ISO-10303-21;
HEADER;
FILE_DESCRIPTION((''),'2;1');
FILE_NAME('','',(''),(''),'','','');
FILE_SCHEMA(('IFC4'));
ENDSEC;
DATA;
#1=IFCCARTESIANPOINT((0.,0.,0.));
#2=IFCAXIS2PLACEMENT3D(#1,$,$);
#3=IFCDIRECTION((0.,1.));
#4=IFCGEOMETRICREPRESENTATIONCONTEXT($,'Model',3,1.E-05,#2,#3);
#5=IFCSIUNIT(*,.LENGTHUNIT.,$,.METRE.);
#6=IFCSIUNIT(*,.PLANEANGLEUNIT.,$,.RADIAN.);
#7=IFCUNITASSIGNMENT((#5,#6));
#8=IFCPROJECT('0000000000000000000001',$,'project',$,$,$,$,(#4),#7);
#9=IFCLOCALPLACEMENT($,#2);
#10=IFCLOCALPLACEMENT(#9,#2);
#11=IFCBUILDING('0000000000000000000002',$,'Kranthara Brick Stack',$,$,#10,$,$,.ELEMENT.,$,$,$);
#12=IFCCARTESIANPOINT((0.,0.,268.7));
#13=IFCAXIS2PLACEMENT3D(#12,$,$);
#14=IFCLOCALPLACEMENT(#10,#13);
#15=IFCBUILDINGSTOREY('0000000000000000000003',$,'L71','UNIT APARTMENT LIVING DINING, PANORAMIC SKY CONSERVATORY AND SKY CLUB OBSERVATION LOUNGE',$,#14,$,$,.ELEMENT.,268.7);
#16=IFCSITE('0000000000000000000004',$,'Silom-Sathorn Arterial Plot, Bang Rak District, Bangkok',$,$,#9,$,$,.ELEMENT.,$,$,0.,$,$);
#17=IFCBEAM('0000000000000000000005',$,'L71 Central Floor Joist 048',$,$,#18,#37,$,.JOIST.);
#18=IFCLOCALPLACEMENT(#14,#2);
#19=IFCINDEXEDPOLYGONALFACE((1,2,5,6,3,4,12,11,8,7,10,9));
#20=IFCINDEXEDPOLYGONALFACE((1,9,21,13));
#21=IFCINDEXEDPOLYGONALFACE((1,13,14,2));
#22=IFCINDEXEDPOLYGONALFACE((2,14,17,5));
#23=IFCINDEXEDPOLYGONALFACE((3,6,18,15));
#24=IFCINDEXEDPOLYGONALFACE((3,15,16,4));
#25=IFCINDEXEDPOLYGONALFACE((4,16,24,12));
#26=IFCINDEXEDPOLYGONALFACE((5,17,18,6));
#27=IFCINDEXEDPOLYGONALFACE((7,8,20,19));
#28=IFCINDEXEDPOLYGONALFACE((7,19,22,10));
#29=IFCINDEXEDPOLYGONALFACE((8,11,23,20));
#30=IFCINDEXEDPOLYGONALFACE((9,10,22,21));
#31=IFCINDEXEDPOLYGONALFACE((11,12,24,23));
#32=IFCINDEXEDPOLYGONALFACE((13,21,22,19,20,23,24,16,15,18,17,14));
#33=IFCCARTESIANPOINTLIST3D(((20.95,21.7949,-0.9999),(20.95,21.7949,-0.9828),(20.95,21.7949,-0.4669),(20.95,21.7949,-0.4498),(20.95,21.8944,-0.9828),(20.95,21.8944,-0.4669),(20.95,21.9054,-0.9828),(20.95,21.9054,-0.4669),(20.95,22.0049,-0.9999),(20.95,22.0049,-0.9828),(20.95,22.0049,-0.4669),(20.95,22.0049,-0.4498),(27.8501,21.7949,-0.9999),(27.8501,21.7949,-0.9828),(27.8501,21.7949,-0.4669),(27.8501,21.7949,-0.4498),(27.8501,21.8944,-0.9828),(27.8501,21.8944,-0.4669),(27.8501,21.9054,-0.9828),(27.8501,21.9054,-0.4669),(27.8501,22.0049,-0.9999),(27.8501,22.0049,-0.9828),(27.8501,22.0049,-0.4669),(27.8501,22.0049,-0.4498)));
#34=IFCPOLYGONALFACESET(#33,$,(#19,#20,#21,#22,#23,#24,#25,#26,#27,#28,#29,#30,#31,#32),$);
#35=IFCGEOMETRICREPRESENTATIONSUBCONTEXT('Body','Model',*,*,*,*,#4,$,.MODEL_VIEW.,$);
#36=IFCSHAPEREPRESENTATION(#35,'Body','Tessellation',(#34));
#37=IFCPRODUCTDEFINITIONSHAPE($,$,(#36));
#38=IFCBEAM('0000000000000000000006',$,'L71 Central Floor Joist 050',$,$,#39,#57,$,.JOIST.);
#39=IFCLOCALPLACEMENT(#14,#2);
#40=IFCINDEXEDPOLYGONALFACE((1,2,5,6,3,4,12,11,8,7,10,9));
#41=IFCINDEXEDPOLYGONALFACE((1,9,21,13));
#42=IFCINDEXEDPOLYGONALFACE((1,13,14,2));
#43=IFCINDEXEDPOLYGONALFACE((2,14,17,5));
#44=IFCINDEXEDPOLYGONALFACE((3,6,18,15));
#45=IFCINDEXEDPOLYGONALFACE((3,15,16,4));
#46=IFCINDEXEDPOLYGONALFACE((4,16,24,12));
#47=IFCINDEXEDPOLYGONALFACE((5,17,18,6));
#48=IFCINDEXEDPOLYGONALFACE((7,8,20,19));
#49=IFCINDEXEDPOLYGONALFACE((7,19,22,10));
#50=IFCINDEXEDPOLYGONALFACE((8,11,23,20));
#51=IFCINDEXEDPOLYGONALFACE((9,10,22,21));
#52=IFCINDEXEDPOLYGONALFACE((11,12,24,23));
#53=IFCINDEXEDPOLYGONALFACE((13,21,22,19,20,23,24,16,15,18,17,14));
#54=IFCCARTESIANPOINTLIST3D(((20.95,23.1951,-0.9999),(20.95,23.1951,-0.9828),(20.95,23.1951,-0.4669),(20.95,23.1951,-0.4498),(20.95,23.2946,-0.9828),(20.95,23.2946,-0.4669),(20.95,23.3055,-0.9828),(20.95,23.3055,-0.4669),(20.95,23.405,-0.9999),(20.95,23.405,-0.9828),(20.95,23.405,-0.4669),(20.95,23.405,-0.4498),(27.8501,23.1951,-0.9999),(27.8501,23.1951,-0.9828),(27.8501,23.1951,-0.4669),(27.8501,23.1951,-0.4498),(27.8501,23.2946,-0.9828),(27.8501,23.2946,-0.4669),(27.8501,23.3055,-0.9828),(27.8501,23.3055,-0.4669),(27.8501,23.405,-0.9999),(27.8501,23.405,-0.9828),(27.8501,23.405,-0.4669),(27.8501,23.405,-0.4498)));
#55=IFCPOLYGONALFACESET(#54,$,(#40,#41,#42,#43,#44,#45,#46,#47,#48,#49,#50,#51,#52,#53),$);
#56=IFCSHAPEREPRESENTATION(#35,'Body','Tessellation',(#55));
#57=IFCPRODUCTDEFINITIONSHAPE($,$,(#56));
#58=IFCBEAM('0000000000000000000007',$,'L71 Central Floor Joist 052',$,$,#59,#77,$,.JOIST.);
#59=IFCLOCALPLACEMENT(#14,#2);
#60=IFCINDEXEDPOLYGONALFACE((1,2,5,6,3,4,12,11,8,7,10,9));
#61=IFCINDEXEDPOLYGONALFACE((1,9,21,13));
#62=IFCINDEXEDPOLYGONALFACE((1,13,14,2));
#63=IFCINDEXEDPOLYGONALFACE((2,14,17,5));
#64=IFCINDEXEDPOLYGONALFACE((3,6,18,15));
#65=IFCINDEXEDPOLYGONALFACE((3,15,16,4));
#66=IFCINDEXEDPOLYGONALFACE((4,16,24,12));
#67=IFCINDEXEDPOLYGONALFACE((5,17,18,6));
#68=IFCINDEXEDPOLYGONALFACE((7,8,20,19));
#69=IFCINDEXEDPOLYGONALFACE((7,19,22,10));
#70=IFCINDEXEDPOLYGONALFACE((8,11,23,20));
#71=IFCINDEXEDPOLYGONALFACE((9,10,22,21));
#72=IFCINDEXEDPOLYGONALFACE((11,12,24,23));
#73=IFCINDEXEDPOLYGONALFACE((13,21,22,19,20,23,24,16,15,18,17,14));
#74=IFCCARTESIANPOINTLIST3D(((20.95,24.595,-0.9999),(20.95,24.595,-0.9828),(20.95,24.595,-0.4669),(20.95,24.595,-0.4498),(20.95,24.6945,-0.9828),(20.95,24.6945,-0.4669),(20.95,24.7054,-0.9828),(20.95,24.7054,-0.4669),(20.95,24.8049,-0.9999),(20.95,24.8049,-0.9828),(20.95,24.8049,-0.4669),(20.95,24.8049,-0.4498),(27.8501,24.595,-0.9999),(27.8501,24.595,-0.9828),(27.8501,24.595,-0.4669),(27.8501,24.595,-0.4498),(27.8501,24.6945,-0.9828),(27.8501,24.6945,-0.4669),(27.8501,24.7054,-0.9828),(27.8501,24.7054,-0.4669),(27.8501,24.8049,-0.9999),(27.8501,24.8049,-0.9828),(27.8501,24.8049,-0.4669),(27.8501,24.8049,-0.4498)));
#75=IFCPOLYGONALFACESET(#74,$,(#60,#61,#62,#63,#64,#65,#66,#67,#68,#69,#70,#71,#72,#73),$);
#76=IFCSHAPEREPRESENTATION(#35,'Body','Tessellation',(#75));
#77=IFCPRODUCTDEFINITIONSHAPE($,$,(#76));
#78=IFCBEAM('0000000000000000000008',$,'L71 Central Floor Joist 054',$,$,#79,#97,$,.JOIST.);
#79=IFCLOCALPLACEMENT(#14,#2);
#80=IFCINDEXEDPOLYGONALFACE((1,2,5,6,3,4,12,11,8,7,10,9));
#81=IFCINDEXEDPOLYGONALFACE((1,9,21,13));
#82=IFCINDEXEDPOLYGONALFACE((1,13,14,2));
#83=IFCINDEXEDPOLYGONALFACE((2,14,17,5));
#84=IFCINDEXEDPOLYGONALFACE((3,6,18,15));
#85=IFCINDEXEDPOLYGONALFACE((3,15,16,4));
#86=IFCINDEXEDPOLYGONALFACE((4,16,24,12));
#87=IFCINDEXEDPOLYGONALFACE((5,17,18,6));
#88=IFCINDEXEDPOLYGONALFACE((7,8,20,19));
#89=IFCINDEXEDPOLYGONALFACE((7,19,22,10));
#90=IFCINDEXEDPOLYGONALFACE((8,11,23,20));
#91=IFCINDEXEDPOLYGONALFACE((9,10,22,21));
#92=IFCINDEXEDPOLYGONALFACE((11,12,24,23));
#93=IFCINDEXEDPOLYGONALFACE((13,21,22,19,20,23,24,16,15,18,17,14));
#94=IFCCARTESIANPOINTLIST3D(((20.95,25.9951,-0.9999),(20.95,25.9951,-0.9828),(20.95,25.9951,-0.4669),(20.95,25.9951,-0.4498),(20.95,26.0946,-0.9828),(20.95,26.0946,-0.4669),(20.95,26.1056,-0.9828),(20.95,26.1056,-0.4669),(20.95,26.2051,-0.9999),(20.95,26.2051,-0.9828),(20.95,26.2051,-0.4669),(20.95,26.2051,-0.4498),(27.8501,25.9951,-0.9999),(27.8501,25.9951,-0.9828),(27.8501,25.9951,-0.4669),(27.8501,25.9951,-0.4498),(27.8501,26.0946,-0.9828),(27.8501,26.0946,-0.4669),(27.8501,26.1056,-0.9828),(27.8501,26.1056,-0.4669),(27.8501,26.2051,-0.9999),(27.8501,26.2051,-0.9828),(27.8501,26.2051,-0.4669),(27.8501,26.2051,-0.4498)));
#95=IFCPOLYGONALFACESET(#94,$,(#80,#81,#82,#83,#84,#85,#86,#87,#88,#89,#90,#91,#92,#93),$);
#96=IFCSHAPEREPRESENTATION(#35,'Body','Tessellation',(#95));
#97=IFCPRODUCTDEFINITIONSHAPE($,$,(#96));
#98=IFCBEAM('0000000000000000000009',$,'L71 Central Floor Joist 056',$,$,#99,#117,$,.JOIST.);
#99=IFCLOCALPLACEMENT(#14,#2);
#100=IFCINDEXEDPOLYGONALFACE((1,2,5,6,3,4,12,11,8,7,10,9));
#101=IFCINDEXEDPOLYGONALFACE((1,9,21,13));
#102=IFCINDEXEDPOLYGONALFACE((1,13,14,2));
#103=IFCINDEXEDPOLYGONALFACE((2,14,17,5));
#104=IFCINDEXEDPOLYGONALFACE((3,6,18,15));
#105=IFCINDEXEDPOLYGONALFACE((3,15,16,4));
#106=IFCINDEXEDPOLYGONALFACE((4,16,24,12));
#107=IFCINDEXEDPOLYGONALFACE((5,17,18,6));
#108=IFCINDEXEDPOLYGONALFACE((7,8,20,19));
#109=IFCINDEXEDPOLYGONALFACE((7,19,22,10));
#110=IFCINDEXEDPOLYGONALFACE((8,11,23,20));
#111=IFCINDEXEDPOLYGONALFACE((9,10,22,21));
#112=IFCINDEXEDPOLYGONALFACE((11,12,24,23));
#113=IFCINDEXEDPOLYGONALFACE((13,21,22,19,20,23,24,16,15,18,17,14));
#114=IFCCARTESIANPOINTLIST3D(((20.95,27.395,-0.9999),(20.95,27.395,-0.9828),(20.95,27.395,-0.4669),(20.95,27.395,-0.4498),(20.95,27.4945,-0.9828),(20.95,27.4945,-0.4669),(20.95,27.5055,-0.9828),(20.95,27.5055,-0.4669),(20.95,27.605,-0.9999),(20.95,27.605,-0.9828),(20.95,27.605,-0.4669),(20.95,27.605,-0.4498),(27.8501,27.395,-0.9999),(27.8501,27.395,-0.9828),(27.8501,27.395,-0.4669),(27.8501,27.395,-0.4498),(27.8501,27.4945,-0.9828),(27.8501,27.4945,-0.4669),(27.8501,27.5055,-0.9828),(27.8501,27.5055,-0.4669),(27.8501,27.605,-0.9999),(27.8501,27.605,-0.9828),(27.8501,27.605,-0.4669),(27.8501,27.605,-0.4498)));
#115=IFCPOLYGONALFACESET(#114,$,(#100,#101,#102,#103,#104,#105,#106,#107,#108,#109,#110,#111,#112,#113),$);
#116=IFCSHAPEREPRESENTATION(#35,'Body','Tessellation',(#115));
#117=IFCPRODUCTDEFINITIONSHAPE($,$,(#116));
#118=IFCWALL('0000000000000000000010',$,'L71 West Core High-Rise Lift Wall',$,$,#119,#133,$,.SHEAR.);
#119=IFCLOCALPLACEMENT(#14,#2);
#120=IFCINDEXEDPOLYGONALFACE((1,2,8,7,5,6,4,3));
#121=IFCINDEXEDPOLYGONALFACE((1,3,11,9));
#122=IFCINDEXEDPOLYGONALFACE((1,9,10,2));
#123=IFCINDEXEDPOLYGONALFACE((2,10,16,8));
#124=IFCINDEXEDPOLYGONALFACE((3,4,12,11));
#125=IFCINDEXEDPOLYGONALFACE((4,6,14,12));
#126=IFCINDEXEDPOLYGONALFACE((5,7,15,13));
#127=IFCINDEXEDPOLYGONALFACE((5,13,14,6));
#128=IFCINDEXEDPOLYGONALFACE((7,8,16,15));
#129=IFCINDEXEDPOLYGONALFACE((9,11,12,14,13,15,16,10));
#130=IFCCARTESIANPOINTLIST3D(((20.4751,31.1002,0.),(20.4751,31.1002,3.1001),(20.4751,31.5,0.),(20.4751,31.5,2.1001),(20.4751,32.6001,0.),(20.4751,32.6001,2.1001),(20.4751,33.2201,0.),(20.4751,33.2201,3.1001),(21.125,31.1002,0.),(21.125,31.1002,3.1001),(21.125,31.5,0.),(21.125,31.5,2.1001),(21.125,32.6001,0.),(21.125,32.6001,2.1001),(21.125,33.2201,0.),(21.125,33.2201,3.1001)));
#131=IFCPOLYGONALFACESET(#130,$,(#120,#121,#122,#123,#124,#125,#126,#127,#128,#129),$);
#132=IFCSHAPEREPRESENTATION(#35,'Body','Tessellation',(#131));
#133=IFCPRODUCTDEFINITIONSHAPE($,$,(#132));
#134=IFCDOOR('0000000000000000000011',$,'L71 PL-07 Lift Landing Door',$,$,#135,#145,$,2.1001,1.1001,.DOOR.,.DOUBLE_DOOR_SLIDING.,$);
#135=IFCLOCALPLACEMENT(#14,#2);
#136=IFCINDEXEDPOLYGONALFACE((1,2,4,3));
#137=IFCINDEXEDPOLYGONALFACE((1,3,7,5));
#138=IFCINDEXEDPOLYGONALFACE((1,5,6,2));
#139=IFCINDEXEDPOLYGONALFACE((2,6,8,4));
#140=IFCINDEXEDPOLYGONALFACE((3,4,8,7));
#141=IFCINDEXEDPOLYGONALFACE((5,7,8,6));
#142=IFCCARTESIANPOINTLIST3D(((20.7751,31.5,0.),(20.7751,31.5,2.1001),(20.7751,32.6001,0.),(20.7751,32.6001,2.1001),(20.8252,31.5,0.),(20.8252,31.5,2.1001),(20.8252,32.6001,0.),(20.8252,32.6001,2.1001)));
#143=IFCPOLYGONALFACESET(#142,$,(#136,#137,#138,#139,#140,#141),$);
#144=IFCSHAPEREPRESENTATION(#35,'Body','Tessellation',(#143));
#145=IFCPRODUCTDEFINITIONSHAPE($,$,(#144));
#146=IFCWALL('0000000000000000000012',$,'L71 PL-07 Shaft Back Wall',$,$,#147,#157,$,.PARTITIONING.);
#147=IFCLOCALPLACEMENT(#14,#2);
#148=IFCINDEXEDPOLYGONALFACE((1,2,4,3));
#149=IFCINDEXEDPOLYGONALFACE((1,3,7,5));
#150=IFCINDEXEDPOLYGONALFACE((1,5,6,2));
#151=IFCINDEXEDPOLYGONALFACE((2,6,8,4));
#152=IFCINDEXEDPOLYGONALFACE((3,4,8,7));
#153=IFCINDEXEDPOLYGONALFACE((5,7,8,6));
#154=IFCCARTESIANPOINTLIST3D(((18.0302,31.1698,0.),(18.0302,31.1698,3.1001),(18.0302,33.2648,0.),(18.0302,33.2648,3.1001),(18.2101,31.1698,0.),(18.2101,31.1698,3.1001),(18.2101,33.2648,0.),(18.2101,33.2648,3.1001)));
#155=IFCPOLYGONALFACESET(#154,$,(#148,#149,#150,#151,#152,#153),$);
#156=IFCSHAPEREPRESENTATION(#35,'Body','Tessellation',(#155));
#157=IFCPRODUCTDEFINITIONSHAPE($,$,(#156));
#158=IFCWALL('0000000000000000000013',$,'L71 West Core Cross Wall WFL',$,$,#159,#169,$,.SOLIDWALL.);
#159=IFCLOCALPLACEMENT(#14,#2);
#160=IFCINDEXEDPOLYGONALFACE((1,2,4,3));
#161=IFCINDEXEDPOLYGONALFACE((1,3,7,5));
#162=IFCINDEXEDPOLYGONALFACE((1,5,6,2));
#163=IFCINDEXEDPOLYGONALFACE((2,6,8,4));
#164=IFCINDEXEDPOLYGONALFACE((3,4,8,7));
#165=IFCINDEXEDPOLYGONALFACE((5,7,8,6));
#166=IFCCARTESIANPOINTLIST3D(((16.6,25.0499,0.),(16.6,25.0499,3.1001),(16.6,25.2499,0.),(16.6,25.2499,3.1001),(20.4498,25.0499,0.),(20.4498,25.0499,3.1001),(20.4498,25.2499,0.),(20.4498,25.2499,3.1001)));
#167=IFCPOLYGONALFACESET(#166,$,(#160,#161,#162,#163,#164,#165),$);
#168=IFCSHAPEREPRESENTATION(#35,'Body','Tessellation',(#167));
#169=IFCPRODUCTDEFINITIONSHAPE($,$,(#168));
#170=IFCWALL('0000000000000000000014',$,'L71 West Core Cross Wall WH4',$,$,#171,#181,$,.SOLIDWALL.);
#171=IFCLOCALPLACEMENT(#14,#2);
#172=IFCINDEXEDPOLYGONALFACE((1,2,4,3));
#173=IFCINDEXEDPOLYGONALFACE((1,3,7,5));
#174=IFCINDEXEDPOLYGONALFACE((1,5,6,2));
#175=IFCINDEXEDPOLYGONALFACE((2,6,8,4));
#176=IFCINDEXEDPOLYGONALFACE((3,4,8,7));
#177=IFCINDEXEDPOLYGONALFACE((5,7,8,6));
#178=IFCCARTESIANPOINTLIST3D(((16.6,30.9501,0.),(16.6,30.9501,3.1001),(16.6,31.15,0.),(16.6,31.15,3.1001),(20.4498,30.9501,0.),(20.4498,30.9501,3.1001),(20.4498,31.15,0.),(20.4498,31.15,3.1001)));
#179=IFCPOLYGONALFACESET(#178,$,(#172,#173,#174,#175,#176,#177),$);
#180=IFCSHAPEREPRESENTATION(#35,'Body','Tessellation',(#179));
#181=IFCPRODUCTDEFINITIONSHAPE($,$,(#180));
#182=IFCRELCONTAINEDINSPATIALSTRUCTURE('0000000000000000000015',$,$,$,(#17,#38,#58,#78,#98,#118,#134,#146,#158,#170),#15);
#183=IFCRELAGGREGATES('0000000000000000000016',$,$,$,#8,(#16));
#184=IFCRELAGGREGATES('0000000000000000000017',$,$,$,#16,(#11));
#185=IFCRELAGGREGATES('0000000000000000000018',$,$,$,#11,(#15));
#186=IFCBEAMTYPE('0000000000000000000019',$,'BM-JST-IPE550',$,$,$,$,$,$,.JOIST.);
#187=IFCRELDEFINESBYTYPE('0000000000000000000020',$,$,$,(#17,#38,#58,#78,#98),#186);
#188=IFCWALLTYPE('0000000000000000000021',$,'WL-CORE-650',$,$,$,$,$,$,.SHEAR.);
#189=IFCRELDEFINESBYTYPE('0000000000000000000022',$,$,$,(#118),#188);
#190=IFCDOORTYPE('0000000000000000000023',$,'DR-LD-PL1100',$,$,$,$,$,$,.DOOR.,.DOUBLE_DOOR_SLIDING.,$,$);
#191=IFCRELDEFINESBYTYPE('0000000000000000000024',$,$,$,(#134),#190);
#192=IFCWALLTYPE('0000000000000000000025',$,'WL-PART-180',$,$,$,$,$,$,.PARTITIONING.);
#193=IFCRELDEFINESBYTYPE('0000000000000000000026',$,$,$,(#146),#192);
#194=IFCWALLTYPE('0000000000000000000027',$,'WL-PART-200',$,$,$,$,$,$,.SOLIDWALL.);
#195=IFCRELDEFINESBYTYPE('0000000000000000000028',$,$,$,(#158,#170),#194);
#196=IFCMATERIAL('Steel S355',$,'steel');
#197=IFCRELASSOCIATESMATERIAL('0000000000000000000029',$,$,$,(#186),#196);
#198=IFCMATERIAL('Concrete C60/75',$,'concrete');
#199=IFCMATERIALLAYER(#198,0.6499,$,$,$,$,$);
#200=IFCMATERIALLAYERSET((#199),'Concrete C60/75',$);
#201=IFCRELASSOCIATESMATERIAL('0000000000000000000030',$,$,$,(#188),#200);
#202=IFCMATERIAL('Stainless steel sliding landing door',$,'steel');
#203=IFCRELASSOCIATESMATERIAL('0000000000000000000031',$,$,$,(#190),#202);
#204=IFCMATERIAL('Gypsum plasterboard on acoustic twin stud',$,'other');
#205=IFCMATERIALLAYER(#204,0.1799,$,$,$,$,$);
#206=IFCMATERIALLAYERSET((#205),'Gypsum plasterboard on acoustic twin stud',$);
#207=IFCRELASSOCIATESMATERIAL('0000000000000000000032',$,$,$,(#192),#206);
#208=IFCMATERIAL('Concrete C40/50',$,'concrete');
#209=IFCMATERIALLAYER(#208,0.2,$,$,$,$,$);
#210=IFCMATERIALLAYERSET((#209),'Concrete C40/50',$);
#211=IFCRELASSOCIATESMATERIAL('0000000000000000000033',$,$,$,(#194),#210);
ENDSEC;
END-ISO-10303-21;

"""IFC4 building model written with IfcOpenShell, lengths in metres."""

from ifc_helpers import new_model, si_unit, direction, frame, frame_2d, origin, origin_2d, place, context, subcontext, project, spatial, rectangle, i_section, extrude, material, layer, layer_set, material_profile, profile_set, type_object, element, fill, save


model = new_model("IFC4")

# Units and contexts
model_context = context("Model", 3, precision=1e-05, world=origin(), true_north=direction((0.0, 1.0)))
body_context = subcontext(model_context, "Body", "Model", "MODEL_VIEW")
ifc_project = project(units=[si_unit("LENGTHUNIT", "METRE"), si_unit("PLANEANGLEUNIT", "RADIAN")], contexts=[model_context])

# Site, building, storey
site_placement = place(None, origin())
site = spatial("IfcSite", under=ifc_project, at=site_placement, Name="Silom-Sathorn Arterial Plot, Bang Rak District, Bangkok", CompositionType="ELEMENT", RefElevation=0.0)
building_placement = place(site_placement, origin())
building = spatial("IfcBuilding", under=site, at=building_placement, Name="Kranthara Brick Stack", CompositionType="ELEMENT")
storey_placement = place(building_placement, frame((0.0, 0.0, 268.7)))
storey = spatial("IfcBuildingStorey", under=building, at=storey_placement, Name="L71", Description="UNIT APARTMENT LIVING DINING, PANORAMIC SKY CONSERVATORY AND SKY CLUB OBSERVATION LOUNGE", CompositionType="ELEMENT", Elevation=268.7)

# Beams
ifc_material_1 = material(Name="Steel S355", Category="steel")
ifc_material_profile = material_profile(ifc_material_1, i_section(OverallWidth=0.21, OverallDepth=0.55, WebThickness=0.011, FlangeThickness=0.0171, at=origin_2d()), Name="IPE 550")
ifc_profile_set = profile_set([ifc_material_profile], Name="Steel S355")
beam_type = type_object("IfcBeamType", Name="BM-JST-IPE550", PredefinedType="JOIST", material=ifc_profile_set)
for number, where, z_axis, x_axis, name in (
    (1, (20.95, 21.8999, -0.7249), (1.0, 0.0, 0.0), (0.0, 1.0, 0.0), "L71 Central Floor Joist 048"),
    (2, (20.95, 23.3, -0.7249), (1.0, 0.0, 0.0), (0.0, 1.0, 0.0), "L71 Central Floor Joist 050"),
    (3, (20.95, 24.7, -0.7249), (1.0, 0.0, 0.0), (0.0, 1.0, 0.0), "L71 Central Floor Joist 052"),
    (4, (20.95, 26.1001, -0.7249), (1.0, 0.0, 0.0), (0.0, 1.0, 0.0), "L71 Central Floor Joist 054"),
    (5, (20.95, 27.5, -0.7249), (1.0, 0.0, 0.0), (0.0, 1.0, 0.0), "L71 Central Floor Joist 056"),
):
    element("IfcBeam", number, at=place(storey_placement, frame(where, z_axis=z_axis, x_axis=x_axis)), inside=storey, type_object=beam_type, Name=name, PredefinedType="JOIST", context=body_context, shape_type="SweptSolid", body=[
        extrude(i_section(OverallWidth=0.21, OverallDepth=0.55, WebThickness=0.011, FlangeThickness=0.0171, at=origin_2d()), origin(), (0.0, 0.0, 1.0), 6.9001),
    ])

# Wall, opening, door
ifc_material_2 = material(Name="Concrete C60/75", Category="concrete")
ifc_layer_1 = layer(ifc_material_2, 0.6499)
ifc_layer_set_1 = layer_set([ifc_layer_1], Name="Concrete C60/75")
wall_type_1 = type_object("IfcWallType", Name="WL-CORE-650", PredefinedType="SHEAR", material=ifc_layer_set_1)
wall_1_placement = place(storey_placement, frame((20.8, 31.1001, 0.0), z_axis=(0.0, 0.0, 1.0), x_axis=(0.0, 1.0, 0.0)))
wall_1 = element("IfcWall", 6, at=wall_1_placement, inside=storey, type_object=wall_type_1, Name="L71 West Core High-Rise Lift Wall", PredefinedType="SHEAR", context=body_context, shape_type="SweptSolid", body=[
    extrude(rectangle(XDim=2.1199, YDim=0.6499, at=frame_2d((1.0601, 0.0))), origin(), (0.0, 0.0, 1.0), 3.1001),
])
opening_1_placement = place(wall_1_placement, frame((0.3999, 0.0, 0.0)))
opening_1 = element("IfcOpeningElement", 7, at=opening_1_placement, cuts=wall_1, PredefinedType="OPENING", context=body_context, shape_type="SweptSolid", body=[
    extrude(rectangle(XDim=1.1001, YDim=2.1001, at=frame_2d((0.55, 1.05))), frame((0.0, 0.335, 0.0), z_axis=(0.0, -1.0, 0.0), x_axis=(1.0, 0.0, 0.0)), (0.0, 0.0, 1.0), 0.6699),
])
ifc_material_3 = material(Name="Stainless steel sliding landing door", Category="steel")
door_type_1 = type_object("IfcDoorType", Name="DR-LD-PL1100", OperationType="DOUBLE_DOOR_SLIDING", PredefinedType="DOOR", material=ifc_material_3)
door_1_placement = place(opening_1_placement, origin())
door_1 = element("IfcDoor", 8, at=door_1_placement, inside=storey, type_object=door_type_1, Name="L71 PL-07 Lift Landing Door", OperationType="DOUBLE_DOOR_SLIDING", OverallHeight=2.1001, OverallWidth=1.1001, PredefinedType="DOOR", context=body_context, shape_type="SweptSolid", body=[
    extrude(rectangle(XDim=1.1001, YDim=2.1001, at=frame_2d((0.55, 1.05))), frame((0.0, 0.0249, 0.0), z_axis=(0.0, -1.0, 0.0), x_axis=(1.0, 0.0, 0.0)), (0.0, 0.0, 1.0), 0.05),
])
fill(opening_1, door_1)

# Walls
ifc_material_4 = material(Name="Gypsum plasterboard on acoustic twin stud", Category="other")
ifc_layer_2 = layer(ifc_material_4, 0.1799)
ifc_layer_set_2 = layer_set([ifc_layer_2], Name="Gypsum plasterboard on acoustic twin stud")
wall_type_2 = type_object("IfcWallType", Name="WL-PART-180", PredefinedType="PARTITIONING", material=ifc_layer_set_2)
wall_2_placement = place(storey_placement, frame((18.1201, 31.1699, 0.0), z_axis=(0.0, 0.0, 1.0), x_axis=(0.0, 1.0, 0.0)))
element("IfcWall", 9, at=wall_2_placement, inside=storey, type_object=wall_type_2, Name="L71 PL-07 Shaft Back Wall", PredefinedType="PARTITIONING", context=body_context, shape_type="SweptSolid", body=[
    extrude(rectangle(XDim=2.095, YDim=0.1799, at=frame_2d((1.0474, 0.0))), origin(), (0.0, 0.0, 1.0), 3.1001),
])
ifc_material_5 = material(Name="Concrete C40/50", Category="concrete")
ifc_layer_3 = layer(ifc_material_5, 0.2)
ifc_layer_set_3 = layer_set([ifc_layer_3], Name="Concrete C40/50")
wall_type_3 = type_object("IfcWallType", Name="WL-PART-200", PredefinedType="SOLIDWALL", material=ifc_layer_set_3)
for number, where, z_axis, x_axis, name in (
    (10, (16.6001, 25.1499, 0.0), (0.0, 0.0, 1.0), (1.0, 0.0, 0.0), "L71 West Core Cross Wall WFL"),
    (11, (16.6001, 31.05, 0.0), (0.0, 0.0, 1.0), (1.0, 0.0, 0.0), "L71 West Core Cross Wall WH4"),
):
    element("IfcWall", number, at=place(storey_placement, frame(where, z_axis=z_axis, x_axis=x_axis)), inside=storey, type_object=wall_type_3, Name=name, PredefinedType="SOLIDWALL", context=body_context, shape_type="SweptSolid", body=[
        extrude(rectangle(XDim=3.8499, YDim=0.2, at=frame_2d((1.9248, 0.0))), origin(), (0.0, 0.0, 1.0), 3.1001),
    ])

save(model, "model.ifc")
